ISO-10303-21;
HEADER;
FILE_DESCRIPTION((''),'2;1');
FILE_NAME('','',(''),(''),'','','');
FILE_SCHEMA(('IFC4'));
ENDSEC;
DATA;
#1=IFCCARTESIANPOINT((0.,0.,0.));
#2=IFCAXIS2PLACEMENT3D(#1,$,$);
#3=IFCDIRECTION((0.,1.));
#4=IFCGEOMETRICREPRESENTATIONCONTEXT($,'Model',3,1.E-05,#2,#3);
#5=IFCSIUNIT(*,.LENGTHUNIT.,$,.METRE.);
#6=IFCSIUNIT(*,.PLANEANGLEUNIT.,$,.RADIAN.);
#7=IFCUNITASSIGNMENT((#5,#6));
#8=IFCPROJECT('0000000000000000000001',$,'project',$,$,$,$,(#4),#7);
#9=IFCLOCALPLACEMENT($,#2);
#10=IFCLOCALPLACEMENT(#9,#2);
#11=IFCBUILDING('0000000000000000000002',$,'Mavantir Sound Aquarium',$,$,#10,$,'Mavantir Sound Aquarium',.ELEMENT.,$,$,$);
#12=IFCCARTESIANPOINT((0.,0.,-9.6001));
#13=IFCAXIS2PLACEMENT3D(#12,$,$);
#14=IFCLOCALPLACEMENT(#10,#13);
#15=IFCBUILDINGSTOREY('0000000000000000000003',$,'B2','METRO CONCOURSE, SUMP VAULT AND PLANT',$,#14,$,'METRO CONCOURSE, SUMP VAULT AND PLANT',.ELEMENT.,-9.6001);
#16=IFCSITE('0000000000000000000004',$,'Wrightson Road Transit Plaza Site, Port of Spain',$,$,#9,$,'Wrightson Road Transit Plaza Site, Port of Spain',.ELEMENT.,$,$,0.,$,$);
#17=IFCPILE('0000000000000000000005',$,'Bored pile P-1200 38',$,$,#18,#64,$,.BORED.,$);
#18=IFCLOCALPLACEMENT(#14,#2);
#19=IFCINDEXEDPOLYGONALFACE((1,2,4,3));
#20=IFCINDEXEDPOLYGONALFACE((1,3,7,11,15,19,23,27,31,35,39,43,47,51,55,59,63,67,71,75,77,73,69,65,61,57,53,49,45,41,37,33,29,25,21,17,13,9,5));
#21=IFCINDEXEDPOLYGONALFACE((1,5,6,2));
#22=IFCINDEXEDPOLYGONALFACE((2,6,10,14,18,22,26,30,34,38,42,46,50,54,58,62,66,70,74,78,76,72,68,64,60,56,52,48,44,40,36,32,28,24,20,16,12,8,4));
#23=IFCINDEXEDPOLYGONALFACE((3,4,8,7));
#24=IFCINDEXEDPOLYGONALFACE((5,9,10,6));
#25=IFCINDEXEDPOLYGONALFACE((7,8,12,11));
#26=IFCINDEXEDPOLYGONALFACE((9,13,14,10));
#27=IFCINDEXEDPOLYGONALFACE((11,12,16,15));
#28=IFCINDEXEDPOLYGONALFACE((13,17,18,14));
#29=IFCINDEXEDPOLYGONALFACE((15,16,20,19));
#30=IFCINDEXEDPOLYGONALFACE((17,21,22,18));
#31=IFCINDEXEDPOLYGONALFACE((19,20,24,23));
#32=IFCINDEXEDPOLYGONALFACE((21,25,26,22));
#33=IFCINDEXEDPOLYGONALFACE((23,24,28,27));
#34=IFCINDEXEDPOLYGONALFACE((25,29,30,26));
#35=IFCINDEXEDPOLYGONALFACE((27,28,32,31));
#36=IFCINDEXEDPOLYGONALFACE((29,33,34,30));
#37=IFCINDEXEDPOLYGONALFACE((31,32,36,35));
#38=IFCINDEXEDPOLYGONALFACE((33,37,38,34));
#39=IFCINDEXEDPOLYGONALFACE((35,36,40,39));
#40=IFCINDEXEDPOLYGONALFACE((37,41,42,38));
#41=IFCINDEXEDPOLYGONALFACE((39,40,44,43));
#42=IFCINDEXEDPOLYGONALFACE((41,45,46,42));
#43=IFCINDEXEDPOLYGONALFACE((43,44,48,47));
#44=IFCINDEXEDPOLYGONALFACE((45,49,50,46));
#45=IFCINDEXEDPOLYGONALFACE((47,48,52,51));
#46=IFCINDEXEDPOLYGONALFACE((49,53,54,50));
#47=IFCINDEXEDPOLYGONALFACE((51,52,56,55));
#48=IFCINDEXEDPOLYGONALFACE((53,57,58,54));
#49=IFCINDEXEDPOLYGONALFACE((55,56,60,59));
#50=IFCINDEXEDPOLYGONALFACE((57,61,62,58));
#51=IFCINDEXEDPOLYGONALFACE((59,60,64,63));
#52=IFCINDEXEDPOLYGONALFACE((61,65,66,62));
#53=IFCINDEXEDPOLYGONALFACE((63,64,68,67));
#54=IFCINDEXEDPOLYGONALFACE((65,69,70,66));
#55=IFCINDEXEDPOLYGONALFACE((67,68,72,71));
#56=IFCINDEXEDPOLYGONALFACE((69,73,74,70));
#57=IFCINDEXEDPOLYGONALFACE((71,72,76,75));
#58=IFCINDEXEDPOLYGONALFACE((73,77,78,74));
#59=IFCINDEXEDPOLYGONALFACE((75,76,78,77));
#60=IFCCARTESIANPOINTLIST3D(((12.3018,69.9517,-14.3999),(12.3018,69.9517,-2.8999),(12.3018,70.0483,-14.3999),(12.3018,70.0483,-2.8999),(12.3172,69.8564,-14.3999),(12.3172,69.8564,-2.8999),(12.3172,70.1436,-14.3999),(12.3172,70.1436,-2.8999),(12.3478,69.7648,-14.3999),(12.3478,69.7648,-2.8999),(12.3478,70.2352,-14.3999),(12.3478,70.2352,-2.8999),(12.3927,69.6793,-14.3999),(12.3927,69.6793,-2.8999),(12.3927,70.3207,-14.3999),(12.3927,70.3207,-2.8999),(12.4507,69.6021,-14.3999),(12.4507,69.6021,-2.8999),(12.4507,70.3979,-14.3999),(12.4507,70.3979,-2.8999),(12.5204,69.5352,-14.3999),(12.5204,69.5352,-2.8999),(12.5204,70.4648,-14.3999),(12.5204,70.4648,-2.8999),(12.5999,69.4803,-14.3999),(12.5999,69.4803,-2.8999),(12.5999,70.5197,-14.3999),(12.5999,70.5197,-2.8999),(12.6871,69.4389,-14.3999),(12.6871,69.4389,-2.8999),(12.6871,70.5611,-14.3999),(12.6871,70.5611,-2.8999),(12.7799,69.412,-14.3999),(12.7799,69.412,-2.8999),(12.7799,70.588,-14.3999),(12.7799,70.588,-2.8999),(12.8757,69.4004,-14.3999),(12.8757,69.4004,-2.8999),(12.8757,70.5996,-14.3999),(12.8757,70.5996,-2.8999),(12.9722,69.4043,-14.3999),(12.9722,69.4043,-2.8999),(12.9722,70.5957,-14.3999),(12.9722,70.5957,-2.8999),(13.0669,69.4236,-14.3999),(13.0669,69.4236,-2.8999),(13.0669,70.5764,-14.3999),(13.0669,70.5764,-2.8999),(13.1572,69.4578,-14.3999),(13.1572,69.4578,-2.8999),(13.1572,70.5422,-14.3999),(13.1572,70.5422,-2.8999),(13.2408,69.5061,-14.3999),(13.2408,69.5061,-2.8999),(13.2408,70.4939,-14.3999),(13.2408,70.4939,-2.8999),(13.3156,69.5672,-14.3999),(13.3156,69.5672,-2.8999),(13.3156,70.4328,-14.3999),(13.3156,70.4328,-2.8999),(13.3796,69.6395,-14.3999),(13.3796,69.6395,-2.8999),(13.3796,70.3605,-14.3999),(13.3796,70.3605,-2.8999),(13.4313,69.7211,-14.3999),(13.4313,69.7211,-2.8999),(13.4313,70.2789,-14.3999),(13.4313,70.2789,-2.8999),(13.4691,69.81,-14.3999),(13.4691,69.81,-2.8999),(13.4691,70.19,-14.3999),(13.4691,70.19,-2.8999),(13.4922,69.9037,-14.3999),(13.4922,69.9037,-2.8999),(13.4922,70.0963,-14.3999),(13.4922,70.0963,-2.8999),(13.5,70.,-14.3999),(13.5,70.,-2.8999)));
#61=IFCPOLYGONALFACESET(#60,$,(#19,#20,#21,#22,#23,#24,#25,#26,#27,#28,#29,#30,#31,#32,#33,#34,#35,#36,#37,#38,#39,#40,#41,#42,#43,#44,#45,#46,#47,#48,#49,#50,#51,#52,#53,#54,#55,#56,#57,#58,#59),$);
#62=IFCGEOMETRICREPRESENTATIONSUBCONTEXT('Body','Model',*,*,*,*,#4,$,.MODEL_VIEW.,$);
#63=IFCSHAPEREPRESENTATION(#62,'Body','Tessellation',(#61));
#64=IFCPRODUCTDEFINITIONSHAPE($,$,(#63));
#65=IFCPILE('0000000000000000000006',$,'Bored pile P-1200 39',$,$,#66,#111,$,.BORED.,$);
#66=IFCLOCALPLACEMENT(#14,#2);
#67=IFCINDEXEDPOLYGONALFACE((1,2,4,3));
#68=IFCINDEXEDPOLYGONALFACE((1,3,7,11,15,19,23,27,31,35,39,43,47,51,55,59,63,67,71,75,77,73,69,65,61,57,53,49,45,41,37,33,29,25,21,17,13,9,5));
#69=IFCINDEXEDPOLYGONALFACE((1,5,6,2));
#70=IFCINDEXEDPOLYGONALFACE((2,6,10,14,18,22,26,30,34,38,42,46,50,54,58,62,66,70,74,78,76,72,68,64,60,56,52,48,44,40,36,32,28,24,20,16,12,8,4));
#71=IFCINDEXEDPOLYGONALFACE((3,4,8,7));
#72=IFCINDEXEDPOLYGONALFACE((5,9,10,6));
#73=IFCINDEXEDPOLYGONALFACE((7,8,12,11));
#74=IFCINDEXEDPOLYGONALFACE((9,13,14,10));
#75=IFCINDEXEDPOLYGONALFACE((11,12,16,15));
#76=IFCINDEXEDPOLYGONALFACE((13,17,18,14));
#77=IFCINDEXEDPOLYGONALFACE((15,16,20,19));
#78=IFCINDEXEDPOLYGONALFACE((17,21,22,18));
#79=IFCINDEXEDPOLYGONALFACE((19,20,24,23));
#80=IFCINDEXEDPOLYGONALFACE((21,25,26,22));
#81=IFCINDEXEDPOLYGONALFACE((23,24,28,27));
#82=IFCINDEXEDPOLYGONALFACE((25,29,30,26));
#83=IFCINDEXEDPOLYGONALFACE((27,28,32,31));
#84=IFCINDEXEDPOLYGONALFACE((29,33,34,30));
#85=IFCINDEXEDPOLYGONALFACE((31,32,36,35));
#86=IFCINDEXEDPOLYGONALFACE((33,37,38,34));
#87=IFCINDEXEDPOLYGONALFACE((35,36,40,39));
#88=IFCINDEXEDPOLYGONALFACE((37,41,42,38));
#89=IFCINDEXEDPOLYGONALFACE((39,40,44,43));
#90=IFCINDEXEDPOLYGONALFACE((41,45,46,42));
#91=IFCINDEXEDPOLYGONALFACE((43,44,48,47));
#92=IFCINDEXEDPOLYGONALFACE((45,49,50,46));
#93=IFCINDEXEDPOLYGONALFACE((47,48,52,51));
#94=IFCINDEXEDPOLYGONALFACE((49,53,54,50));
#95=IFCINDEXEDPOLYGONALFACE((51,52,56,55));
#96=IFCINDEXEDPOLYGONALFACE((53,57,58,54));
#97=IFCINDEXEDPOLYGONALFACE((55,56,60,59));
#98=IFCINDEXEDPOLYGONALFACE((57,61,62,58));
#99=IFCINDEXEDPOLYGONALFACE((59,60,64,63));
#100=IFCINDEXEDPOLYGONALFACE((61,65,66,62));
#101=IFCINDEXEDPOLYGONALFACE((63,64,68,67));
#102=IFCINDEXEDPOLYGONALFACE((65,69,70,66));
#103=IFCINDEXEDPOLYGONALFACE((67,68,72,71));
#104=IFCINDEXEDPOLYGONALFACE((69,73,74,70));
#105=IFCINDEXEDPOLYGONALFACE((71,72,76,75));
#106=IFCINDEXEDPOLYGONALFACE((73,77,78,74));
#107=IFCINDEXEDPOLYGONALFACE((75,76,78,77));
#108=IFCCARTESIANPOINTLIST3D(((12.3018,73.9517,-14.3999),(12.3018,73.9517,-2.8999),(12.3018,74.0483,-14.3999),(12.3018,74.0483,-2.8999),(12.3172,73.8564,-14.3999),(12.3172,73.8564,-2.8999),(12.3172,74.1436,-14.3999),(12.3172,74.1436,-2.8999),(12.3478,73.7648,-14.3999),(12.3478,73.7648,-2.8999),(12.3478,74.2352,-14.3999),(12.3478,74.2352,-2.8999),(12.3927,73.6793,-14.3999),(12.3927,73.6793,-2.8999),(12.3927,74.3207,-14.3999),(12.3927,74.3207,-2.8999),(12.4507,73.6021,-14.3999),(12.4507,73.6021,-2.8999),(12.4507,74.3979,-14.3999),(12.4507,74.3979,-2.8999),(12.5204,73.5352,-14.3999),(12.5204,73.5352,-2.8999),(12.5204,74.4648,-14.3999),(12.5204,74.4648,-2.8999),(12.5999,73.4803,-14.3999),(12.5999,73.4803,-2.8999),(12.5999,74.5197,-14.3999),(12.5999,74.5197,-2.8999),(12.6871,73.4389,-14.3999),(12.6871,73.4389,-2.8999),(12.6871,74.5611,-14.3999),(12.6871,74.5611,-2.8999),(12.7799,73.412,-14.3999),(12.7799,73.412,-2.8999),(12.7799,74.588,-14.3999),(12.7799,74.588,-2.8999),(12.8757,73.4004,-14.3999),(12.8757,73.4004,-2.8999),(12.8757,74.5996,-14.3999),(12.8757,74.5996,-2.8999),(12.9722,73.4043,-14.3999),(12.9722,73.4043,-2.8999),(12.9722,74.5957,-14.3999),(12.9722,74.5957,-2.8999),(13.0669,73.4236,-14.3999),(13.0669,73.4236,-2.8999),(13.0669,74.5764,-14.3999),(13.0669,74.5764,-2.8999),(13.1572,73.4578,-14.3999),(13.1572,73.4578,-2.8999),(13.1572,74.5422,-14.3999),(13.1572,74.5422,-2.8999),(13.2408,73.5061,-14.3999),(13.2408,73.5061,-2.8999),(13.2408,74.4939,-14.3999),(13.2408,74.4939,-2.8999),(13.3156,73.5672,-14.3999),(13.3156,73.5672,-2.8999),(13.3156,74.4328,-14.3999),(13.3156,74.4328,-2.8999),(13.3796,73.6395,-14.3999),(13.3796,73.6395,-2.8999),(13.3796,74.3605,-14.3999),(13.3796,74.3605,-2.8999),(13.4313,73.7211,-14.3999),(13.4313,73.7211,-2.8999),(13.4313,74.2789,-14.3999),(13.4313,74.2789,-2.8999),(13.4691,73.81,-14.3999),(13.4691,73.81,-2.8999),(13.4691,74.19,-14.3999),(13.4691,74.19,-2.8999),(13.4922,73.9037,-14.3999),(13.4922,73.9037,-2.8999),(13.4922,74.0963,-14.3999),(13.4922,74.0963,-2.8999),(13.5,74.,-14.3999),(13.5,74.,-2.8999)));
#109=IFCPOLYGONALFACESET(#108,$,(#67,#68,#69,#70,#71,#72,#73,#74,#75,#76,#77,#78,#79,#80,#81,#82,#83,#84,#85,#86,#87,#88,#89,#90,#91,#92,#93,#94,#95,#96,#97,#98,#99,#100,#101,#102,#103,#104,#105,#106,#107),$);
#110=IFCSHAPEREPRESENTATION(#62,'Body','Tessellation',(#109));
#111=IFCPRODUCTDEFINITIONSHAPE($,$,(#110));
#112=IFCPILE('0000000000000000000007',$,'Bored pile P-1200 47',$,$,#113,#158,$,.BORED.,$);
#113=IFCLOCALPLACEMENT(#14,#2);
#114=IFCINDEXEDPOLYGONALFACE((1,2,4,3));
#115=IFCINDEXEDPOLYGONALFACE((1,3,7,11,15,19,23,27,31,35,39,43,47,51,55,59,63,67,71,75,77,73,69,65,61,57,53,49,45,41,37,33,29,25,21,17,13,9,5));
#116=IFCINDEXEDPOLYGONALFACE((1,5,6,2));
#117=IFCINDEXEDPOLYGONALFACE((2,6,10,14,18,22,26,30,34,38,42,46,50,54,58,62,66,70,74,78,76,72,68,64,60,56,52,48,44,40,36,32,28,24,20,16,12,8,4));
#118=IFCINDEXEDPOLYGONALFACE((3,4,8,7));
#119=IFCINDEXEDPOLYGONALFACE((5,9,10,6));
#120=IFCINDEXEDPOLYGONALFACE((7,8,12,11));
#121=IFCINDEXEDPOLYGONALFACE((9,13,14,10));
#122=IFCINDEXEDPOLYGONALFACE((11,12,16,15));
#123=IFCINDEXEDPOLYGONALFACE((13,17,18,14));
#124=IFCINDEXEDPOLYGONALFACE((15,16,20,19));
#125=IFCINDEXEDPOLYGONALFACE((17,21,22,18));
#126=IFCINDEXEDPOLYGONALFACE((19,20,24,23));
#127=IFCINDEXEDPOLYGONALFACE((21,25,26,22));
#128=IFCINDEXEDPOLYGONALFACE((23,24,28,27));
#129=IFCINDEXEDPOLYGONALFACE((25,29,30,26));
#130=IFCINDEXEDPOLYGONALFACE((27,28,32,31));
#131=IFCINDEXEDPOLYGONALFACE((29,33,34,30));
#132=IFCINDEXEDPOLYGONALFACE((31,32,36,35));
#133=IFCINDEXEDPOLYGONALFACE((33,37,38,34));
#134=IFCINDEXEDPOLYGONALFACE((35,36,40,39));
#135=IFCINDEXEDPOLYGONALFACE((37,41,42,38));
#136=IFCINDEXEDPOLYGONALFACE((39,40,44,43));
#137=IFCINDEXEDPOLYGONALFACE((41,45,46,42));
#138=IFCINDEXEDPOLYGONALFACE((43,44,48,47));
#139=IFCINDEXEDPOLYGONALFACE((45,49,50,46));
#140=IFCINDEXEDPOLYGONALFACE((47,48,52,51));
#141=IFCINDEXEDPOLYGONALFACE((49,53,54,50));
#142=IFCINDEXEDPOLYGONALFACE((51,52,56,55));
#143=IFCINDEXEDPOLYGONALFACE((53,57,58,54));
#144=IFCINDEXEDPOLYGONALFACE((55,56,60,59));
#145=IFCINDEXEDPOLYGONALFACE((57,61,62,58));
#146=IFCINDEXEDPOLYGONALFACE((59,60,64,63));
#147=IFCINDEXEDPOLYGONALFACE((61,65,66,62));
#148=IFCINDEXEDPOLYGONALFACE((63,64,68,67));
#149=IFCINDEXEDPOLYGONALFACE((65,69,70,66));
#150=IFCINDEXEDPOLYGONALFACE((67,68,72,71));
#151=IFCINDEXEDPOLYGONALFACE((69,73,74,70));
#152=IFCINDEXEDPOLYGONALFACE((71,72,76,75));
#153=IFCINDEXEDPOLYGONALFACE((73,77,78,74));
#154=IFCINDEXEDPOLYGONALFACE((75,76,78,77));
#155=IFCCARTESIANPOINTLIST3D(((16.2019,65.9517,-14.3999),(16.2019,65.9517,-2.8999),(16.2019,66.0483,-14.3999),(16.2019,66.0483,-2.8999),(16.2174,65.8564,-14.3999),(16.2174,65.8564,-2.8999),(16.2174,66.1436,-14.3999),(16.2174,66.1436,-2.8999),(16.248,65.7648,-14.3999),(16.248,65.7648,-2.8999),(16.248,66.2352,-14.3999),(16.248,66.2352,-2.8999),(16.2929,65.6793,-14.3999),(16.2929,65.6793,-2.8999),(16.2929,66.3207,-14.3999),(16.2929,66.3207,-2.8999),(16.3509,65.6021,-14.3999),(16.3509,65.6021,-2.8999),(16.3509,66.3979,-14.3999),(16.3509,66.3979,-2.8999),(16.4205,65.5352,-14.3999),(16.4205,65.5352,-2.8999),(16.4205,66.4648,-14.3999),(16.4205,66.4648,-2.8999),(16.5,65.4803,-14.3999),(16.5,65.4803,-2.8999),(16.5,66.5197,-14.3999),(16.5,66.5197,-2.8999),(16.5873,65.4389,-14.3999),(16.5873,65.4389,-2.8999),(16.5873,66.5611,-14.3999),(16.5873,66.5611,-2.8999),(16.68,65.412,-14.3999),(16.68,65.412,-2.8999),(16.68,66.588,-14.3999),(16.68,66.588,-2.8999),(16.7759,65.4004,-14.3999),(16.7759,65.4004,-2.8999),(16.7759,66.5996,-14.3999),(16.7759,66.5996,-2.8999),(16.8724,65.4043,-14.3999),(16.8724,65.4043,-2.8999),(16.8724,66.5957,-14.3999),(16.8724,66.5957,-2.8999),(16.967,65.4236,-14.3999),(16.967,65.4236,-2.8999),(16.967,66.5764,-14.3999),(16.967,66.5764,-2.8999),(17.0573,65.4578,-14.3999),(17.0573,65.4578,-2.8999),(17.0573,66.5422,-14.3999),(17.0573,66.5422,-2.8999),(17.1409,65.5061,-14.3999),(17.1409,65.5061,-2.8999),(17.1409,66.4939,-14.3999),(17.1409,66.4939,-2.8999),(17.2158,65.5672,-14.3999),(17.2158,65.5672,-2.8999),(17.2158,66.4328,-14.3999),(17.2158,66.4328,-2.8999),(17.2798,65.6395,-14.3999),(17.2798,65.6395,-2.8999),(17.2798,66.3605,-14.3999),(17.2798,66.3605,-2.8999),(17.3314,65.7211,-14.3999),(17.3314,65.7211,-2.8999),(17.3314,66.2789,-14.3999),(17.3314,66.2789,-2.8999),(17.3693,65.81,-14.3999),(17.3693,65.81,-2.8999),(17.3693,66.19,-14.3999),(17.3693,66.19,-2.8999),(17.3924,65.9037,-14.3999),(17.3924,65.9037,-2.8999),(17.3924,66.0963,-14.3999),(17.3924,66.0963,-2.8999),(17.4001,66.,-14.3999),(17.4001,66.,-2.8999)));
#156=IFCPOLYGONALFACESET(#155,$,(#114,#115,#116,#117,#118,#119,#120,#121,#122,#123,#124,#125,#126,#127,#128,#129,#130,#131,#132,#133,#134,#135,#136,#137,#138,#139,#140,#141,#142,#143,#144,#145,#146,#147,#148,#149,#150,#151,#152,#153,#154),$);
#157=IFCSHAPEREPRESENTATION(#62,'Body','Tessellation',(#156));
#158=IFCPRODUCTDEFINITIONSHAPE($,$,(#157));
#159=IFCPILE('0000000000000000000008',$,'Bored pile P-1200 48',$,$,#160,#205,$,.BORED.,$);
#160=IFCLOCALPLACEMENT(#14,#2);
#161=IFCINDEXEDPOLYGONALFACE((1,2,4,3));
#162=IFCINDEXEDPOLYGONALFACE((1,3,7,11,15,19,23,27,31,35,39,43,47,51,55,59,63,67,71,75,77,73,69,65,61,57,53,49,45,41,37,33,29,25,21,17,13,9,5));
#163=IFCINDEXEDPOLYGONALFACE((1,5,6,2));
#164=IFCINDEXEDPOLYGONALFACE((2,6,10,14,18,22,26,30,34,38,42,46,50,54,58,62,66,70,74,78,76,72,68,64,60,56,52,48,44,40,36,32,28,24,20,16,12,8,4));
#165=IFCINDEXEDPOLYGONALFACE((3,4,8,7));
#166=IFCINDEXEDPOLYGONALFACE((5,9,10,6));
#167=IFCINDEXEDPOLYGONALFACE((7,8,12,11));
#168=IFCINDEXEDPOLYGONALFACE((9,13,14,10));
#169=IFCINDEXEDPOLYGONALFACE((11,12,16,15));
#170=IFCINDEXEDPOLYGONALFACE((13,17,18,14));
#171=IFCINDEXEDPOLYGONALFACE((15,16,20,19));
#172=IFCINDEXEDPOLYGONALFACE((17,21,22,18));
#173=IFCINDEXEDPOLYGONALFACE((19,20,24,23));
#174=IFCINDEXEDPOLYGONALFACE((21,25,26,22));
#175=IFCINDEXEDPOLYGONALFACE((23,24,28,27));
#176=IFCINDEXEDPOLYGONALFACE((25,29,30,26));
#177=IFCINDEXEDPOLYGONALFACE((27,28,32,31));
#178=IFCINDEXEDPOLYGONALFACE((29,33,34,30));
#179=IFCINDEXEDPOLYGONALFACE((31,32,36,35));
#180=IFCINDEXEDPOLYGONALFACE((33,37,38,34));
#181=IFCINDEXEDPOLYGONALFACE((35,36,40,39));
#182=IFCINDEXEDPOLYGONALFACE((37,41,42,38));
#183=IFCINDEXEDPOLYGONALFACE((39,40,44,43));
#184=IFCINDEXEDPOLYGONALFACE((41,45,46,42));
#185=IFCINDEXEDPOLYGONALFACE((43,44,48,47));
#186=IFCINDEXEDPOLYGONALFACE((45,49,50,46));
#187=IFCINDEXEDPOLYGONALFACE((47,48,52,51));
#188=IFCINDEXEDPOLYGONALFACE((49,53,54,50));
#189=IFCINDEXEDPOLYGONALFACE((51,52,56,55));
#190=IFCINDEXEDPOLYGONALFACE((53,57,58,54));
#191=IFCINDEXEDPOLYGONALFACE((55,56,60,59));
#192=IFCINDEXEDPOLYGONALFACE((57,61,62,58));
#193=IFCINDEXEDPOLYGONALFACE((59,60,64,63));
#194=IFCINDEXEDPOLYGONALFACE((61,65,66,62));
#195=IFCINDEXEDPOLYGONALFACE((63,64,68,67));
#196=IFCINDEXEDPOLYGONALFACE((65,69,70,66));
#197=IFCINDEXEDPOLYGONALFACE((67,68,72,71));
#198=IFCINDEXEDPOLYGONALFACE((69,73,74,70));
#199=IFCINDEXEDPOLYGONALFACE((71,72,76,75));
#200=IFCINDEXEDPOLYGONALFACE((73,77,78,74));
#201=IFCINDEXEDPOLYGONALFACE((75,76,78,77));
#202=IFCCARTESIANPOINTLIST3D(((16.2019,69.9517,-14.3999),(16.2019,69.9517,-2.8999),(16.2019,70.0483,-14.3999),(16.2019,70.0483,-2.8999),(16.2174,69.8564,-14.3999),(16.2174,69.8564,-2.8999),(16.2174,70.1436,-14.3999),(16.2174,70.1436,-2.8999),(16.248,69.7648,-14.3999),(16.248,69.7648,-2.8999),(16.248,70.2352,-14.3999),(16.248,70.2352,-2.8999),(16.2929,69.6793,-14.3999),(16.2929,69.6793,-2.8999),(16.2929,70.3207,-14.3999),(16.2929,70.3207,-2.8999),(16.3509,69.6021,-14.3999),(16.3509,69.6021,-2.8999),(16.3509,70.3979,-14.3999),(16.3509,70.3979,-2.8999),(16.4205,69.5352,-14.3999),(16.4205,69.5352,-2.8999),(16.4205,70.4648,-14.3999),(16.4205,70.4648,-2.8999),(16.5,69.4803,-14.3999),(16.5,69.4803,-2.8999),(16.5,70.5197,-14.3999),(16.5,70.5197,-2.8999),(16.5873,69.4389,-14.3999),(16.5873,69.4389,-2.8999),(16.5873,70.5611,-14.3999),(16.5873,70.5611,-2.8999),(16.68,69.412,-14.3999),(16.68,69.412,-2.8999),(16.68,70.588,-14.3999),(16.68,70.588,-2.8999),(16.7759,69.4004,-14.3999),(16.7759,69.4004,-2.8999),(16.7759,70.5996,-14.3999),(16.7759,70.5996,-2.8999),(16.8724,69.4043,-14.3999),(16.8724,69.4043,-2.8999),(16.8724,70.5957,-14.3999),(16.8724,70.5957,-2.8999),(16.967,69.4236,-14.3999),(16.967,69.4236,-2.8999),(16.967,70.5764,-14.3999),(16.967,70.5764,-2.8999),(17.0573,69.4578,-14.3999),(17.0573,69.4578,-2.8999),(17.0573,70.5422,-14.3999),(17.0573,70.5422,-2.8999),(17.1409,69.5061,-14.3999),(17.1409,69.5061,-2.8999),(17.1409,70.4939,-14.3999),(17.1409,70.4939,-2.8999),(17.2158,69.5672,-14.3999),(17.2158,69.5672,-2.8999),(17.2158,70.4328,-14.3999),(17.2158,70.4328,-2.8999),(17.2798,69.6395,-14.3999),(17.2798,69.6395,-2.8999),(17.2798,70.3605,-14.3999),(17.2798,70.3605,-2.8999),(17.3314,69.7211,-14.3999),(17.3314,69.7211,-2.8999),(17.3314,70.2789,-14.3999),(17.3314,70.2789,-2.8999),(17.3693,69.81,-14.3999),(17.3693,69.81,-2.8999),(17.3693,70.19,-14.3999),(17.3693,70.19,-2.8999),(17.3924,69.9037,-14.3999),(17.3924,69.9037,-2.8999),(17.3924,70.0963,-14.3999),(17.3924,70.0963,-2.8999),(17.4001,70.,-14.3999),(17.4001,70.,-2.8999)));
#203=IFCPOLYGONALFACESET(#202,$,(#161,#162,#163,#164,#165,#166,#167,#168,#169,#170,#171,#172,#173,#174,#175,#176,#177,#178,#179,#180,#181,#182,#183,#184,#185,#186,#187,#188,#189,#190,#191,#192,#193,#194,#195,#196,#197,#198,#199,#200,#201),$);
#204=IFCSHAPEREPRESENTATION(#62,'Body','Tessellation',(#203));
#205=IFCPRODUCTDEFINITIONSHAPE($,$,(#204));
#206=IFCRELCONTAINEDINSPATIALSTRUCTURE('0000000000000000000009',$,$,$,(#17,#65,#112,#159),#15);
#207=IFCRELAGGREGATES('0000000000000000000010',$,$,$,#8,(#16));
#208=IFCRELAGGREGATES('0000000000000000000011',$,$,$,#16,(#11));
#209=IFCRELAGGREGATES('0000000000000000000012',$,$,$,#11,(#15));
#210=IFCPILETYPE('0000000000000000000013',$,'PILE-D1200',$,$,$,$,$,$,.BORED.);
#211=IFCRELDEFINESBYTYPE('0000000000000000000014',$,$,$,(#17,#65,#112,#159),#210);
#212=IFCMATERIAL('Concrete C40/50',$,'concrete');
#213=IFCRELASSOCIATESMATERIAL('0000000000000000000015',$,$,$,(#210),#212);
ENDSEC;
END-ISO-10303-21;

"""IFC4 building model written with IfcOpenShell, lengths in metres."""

from ifc_helpers import new_model, si_unit, direction, frame, origin, origin_2d, place, context, subcontext, project, spatial, circle, extrude, material, material_profile, profile_set, type_object, element, save


model = new_model("IFC4")

# Units and contexts
model_context = context("Model", 3, precision=1e-05, world=origin(), true_north=direction((0.0, 1.0)))
body_context = subcontext(model_context, "Body", "Model", "MODEL_VIEW")
ifc_project = project(units=[si_unit("LENGTHUNIT", "METRE"), si_unit("PLANEANGLEUNIT", "RADIAN")], contexts=[model_context])

# Site, building, storey
site_placement = place(None, origin())
site = spatial("IfcSite", under=ifc_project, at=site_placement, Name="Wrightson Road Transit Plaza Site, Port of Spain", LongName="Wrightson Road Transit Plaza Site, Port of Spain", CompositionType="ELEMENT", RefElevation=0.0)
building_placement = place(site_placement, origin())
building = spatial("IfcBuilding", under=site, at=building_placement, Name="Mavantir Sound Aquarium", LongName="Mavantir Sound Aquarium", CompositionType="ELEMENT")
storey_placement = place(building_placement, frame((0.0, 0.0, -9.6001)))
storey = spatial("IfcBuildingStorey", under=building, at=storey_placement, Name="B2", Description="METRO CONCOURSE, SUMP VAULT AND PLANT", LongName="METRO CONCOURSE, SUMP VAULT AND PLANT", CompositionType="ELEMENT", Elevation=-9.6001)

# Piles
ifc_material_1 = material(Name="Concrete C40/50", Category="concrete")
ifc_material_profile_1 = material_profile(ifc_material_1, circle(Radius=0.6001, at=origin_2d()), Name="PILE D1200")
ifc_profile_set_1 = profile_set([ifc_material_profile_1], Name="Concrete C40/50")
pile_type = type_object("IfcPileType", Name="PILE-D1200", PredefinedType="BORED", material=ifc_profile_set_1)
for number, where, z_axis, x_axis, name in (
    (1, (12.8999, 70.0, -2.8999), (0.0, 0.0, -1.0), (1.0, 0.0, 0.0), "Bored pile P-1200 38"),
    (2, (12.8999, 74.0, -2.8999), (0.0, 0.0, -1.0), (1.0, 0.0, 0.0), "Bored pile P-1200 39"),
    (3, (16.8, 66.0, -2.8999), (0.0, 0.0, -1.0), (1.0, 0.0, 0.0), "Bored pile P-1200 47"),
    (4, (16.8, 70.0, -2.8999), (0.0, 0.0, -1.0), (1.0, 0.0, 0.0), "Bored pile P-1200 48"),
):
    element("IfcPile", number, at=place(storey_placement, frame(where, z_axis=z_axis, x_axis=x_axis)), inside=storey, type_object=pile_type, Name=name, PredefinedType="BORED", context=body_context, shape_type="SweptSolid", body=[
        extrude(circle(Radius=0.6001, at=origin_2d()), origin(), (0.0, 0.0, 1.0), 11.5),
    ])

save(model, "model.ifc")
